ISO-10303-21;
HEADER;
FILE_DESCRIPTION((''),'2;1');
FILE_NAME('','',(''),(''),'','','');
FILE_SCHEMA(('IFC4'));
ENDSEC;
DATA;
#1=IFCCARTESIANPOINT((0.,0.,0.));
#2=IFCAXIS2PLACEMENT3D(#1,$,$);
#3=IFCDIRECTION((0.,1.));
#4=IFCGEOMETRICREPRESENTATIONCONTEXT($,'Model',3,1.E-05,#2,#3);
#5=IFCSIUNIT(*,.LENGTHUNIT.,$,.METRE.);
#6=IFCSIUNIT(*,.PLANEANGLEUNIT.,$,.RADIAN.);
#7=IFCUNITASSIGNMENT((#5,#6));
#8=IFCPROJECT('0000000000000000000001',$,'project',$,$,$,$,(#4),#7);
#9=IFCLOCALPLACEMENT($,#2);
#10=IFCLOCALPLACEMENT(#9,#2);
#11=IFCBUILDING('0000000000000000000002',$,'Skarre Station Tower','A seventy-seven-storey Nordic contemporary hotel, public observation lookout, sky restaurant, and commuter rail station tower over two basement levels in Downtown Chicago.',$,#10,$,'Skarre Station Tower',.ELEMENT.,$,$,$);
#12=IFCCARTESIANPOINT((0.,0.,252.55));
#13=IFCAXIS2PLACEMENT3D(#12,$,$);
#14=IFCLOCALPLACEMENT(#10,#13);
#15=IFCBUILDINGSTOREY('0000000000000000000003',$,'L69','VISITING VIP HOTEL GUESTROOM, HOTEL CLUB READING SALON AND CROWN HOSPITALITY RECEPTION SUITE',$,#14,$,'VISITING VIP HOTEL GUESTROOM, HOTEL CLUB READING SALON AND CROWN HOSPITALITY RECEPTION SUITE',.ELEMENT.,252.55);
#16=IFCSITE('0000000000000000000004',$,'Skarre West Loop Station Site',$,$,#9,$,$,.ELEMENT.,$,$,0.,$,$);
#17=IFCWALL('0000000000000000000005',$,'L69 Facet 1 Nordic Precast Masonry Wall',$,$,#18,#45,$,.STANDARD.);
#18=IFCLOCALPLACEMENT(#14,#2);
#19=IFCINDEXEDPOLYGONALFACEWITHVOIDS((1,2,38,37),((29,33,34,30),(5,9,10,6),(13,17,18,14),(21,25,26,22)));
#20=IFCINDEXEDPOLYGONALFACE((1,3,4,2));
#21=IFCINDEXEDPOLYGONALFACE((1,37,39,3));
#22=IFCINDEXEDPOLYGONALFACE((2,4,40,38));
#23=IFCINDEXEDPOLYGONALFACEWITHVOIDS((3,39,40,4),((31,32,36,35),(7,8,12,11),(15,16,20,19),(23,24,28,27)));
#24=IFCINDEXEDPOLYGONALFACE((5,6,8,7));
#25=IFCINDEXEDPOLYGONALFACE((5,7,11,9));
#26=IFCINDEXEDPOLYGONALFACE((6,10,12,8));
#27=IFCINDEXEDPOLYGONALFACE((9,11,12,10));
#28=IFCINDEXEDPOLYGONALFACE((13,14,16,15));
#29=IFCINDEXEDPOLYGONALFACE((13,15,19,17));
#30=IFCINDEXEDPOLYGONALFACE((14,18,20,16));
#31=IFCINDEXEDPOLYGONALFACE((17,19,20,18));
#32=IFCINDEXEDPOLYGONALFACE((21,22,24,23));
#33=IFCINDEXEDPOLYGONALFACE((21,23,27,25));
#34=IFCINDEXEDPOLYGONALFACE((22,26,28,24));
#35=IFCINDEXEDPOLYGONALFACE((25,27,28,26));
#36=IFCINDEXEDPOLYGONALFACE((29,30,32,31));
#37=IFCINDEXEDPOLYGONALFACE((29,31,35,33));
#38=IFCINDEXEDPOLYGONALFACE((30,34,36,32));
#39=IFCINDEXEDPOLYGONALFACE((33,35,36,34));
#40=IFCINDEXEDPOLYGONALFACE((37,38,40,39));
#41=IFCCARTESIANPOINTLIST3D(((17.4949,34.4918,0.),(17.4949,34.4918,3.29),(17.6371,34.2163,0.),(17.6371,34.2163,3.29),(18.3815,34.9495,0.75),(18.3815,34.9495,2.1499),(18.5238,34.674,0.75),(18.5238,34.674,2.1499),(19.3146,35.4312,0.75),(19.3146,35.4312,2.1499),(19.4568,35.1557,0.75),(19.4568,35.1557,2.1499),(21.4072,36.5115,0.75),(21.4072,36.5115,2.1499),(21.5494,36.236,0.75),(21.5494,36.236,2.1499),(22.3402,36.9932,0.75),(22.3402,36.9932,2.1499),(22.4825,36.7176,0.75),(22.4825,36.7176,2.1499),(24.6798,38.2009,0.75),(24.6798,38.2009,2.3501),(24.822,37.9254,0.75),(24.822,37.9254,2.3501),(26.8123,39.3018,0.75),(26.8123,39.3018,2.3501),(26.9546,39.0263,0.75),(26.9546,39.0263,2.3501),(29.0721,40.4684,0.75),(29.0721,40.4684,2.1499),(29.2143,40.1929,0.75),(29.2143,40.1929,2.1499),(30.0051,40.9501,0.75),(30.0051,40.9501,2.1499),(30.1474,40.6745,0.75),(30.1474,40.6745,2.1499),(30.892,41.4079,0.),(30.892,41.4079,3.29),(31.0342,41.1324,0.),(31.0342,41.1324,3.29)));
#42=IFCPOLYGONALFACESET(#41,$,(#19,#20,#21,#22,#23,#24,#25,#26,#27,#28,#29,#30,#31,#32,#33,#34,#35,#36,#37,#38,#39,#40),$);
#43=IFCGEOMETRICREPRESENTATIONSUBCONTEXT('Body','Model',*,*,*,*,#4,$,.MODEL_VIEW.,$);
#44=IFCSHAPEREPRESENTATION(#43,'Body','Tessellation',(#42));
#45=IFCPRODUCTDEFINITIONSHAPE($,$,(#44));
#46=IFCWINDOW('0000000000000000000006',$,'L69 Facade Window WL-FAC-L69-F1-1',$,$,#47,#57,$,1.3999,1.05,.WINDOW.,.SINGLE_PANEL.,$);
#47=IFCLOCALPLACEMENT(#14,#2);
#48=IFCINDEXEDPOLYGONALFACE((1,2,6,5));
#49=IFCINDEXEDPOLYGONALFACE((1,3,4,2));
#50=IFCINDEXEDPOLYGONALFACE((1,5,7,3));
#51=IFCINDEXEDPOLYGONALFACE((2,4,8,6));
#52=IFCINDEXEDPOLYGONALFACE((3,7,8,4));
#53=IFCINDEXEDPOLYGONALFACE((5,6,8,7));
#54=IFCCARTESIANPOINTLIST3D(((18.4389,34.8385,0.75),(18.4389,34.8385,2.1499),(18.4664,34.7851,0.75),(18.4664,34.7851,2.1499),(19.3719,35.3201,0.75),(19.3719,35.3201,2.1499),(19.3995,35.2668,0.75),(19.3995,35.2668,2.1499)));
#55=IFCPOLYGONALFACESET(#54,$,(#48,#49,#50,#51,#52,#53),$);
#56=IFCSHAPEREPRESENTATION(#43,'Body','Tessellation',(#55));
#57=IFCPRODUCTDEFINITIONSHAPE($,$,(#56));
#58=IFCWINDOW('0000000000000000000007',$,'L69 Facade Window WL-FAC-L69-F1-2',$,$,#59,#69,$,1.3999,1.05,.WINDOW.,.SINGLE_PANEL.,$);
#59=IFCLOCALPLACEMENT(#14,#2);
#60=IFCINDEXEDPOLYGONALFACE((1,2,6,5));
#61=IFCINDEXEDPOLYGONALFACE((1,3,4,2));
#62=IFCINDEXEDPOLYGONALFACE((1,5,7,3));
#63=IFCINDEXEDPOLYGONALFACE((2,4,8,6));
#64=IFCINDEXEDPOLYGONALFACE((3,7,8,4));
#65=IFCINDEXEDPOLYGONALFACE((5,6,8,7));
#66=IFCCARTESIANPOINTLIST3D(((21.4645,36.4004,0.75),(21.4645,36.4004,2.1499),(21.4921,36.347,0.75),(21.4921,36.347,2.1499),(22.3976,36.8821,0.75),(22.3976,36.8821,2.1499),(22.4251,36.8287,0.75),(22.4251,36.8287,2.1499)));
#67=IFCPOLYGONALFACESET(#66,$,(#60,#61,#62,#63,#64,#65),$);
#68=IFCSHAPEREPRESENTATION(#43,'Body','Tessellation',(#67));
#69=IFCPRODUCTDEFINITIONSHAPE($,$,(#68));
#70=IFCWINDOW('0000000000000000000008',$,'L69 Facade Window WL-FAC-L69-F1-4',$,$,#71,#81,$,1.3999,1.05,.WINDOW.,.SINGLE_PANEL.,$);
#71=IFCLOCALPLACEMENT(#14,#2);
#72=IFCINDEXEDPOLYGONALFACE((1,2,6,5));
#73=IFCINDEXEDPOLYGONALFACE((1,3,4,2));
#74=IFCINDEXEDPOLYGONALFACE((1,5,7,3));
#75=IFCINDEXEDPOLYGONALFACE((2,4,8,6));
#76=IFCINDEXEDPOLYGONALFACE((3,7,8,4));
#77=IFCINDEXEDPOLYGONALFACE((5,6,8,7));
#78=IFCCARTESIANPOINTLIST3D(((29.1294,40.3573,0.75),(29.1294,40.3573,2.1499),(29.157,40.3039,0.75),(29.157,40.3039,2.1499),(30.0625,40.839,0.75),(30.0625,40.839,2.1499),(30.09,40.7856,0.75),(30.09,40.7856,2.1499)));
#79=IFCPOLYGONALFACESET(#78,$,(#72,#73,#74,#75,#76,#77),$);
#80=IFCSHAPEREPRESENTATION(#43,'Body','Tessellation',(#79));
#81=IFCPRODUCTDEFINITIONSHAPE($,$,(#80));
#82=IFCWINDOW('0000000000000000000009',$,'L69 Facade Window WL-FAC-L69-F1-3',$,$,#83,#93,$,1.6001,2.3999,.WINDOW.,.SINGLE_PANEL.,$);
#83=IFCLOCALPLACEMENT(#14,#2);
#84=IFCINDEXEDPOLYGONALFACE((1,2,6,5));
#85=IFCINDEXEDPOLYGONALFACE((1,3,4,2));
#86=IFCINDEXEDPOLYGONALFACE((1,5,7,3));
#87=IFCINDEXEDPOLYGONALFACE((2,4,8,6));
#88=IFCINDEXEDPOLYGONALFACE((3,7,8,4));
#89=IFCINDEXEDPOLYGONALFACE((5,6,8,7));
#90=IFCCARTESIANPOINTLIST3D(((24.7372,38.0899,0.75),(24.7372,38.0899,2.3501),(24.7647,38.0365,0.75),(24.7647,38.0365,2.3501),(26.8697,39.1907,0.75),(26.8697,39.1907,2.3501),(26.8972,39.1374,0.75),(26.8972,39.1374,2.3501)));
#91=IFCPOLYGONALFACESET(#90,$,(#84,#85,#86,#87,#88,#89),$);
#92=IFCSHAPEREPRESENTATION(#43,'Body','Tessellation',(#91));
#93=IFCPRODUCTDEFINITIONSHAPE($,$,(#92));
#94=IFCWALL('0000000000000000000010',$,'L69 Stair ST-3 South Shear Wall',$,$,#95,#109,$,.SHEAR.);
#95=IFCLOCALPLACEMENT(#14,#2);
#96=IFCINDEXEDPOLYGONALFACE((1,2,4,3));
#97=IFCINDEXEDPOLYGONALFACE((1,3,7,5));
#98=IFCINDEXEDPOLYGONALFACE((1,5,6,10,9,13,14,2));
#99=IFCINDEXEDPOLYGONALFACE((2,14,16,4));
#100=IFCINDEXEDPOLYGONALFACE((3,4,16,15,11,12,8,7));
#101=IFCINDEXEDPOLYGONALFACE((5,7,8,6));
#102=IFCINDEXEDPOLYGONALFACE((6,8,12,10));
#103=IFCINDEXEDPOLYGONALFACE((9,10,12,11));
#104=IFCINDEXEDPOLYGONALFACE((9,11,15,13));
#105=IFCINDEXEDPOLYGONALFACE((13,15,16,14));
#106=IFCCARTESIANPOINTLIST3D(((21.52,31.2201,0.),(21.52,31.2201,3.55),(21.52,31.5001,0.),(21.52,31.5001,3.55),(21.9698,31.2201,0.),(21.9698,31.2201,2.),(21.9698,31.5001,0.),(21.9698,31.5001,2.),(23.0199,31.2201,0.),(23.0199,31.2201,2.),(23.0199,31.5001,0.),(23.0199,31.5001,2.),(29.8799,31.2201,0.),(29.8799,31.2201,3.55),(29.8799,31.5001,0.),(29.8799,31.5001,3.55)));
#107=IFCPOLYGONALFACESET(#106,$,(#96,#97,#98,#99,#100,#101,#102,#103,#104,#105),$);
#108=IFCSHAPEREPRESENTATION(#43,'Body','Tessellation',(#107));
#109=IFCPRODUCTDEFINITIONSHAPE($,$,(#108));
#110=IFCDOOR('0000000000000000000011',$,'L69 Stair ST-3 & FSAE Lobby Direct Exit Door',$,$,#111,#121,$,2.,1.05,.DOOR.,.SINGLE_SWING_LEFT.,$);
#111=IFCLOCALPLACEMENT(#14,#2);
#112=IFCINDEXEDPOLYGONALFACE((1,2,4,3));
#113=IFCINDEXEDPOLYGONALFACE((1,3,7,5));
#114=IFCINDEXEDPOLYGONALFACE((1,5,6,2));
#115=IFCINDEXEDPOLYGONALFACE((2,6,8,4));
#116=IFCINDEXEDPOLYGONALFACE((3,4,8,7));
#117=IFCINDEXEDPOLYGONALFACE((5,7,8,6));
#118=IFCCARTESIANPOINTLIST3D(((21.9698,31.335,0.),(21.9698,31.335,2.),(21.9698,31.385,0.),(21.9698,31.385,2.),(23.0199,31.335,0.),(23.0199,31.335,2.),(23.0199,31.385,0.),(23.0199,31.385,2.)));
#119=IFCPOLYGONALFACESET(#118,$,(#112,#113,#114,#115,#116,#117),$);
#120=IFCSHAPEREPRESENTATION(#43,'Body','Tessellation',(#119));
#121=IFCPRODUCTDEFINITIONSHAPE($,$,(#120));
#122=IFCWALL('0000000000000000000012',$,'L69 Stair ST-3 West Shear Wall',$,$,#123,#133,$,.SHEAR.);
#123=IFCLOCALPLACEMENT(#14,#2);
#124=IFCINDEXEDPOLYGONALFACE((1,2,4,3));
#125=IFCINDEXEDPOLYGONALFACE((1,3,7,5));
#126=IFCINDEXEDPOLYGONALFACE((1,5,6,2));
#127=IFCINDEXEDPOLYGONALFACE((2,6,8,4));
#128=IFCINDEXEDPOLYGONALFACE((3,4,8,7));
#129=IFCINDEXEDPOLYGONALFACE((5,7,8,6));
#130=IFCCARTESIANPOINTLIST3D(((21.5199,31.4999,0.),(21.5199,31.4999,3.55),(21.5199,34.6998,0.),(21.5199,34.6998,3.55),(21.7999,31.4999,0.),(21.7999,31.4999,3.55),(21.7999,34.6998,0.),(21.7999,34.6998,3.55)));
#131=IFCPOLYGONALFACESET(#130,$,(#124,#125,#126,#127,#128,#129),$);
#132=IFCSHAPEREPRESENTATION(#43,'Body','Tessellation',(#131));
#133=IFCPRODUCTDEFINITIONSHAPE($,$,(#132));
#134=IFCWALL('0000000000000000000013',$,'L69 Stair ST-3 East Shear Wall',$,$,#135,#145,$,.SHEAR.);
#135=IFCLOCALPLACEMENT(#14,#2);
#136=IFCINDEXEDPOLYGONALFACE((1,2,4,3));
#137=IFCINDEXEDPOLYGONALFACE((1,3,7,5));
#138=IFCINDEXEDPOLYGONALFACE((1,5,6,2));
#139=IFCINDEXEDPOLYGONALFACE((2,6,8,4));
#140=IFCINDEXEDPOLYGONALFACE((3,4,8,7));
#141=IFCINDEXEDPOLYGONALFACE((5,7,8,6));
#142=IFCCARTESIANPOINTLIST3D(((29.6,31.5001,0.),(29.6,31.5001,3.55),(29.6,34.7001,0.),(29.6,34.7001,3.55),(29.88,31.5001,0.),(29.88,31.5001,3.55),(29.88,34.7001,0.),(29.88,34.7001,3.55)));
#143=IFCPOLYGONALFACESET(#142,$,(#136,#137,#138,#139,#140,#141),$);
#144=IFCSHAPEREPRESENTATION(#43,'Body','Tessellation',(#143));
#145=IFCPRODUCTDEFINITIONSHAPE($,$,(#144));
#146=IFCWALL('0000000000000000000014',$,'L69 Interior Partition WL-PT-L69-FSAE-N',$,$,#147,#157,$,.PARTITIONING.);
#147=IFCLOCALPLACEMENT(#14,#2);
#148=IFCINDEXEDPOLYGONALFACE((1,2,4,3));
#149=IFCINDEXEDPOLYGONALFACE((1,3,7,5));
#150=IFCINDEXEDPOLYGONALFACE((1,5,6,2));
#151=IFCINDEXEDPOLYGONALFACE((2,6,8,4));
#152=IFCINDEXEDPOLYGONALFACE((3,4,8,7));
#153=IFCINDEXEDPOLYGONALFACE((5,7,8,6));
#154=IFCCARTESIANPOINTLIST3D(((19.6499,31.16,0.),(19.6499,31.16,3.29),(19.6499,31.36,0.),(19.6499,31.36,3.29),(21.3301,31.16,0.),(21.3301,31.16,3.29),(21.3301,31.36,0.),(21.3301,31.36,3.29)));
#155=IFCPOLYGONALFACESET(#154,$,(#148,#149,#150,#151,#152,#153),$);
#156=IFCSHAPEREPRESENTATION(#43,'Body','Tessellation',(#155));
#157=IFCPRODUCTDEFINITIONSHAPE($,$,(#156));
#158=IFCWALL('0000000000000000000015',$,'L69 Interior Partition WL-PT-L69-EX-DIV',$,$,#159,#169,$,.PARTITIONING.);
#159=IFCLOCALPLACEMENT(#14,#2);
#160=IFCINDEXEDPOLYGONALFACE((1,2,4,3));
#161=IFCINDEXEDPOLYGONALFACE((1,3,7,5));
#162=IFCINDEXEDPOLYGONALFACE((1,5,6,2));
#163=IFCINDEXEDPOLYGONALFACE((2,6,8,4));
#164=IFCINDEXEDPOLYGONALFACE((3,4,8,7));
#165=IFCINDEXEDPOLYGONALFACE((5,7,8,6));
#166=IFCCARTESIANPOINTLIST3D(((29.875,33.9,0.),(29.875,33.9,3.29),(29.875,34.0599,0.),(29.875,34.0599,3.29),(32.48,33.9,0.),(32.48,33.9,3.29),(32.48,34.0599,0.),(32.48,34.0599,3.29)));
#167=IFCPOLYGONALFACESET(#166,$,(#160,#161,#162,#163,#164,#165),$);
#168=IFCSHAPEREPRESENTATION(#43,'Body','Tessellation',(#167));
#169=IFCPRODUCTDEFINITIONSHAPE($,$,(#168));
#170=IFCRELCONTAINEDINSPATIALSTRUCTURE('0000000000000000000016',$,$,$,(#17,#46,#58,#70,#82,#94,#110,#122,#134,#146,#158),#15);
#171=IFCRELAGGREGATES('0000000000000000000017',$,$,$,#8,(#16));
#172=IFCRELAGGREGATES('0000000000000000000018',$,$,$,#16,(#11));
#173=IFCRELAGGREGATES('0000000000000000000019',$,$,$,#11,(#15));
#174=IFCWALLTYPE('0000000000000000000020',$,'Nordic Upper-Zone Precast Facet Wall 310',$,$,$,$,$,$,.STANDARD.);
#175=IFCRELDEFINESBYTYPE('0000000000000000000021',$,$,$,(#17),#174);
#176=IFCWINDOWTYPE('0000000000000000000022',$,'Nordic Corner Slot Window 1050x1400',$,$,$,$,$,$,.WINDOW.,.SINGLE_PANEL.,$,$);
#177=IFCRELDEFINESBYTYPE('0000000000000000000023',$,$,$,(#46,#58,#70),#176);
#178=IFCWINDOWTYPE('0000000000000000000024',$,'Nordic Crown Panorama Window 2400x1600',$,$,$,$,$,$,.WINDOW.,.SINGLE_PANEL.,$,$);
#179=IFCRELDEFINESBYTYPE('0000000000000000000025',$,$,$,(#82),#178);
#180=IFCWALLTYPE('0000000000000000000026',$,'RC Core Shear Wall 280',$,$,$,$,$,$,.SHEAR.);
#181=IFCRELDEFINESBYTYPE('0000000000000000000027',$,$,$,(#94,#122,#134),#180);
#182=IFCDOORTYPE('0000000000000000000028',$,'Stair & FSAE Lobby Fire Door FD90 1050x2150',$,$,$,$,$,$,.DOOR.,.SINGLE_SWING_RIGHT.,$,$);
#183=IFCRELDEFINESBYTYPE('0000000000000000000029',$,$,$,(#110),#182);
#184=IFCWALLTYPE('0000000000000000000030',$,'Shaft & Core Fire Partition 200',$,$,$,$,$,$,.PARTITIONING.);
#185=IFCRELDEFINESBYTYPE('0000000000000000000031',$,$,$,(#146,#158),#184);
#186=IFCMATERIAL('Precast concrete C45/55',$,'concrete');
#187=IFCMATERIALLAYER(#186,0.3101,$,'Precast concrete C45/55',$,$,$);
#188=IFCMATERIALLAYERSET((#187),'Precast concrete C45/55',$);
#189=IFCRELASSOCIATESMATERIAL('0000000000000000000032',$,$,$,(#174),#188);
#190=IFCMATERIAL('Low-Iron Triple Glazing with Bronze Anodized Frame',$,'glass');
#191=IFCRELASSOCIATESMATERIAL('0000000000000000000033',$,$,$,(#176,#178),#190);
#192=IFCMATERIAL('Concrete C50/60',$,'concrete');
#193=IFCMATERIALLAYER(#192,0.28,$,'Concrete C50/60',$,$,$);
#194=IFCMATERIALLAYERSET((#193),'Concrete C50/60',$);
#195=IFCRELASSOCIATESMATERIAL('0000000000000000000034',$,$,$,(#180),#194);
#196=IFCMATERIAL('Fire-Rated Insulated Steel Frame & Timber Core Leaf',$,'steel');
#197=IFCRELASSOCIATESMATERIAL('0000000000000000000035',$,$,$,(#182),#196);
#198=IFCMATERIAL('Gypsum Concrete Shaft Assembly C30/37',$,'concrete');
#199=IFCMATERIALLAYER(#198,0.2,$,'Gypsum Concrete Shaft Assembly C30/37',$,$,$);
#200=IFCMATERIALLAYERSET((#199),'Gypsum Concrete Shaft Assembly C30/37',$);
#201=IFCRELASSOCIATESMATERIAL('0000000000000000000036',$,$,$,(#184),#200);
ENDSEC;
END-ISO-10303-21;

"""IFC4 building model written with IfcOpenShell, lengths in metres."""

from ifc_helpers import new_model, si_unit, direction, frame, frame_2d, origin, place, context, subcontext, project, spatial, rectangle, extrude, material, layer, layer_set, type_object, element, fill, save


model = new_model("IFC4")

# Units and contexts
model_context = context("Model", 3, precision=1e-05, world=origin(), true_north=direction((0.0, 1.0)))
body_context = subcontext(model_context, "Body", "Model", "MODEL_VIEW")
ifc_project = project(units=[si_unit("LENGTHUNIT", "METRE"), si_unit("PLANEANGLEUNIT", "RADIAN")], contexts=[model_context])

# Site, building, storey
site_placement = place(None, origin())
site = spatial("IfcSite", under=ifc_project, at=site_placement, Name="Skarre West Loop Station Site", CompositionType="ELEMENT", RefElevation=0.0)
building_placement = place(site_placement, origin())
building = spatial("IfcBuilding", under=site, at=building_placement, Name="Skarre Station Tower", Description="A seventy-seven-storey Nordic contemporary hotel, public observation lookout, sky restaurant, and commuter rail station tower over two basement levels in Downtown Chicago.", LongName="Skarre Station Tower", CompositionType="ELEMENT")
storey_placement = place(building_placement, frame((0.0, 0.0, 252.55)))
storey = spatial("IfcBuildingStorey", under=building, at=storey_placement, Name="L69", Description="VISITING VIP HOTEL GUESTROOM, HOTEL CLUB READING SALON AND CROWN HOSPITALITY RECEPTION SUITE", LongName="VISITING VIP HOTEL GUESTROOM, HOTEL CLUB READING SALON AND CROWN HOSPITALITY RECEPTION SUITE", CompositionType="ELEMENT", Elevation=252.55)

# Shared definitions
ifc_material_1 = material(Name="Concrete C50/60", Category="concrete")

# Shared definitions
ifc_material_2 = material(Name="Precast concrete C45/55", Category="concrete")

# Wall, openings, windows
ifc_layer_1 = layer(ifc_material_2, 0.3101, Name="Precast concrete C45/55")
ifc_layer_set_1 = layer_set([ifc_layer_1], Name="Precast concrete C45/55")
wall_type_1 = type_object("IfcWallType", Name="Nordic Upper-Zone Precast Facet Wall 310", PredefinedType="STANDARD", material=ifc_layer_set_1)
wall_1_placement = place(storey_placement, frame((17.5659, 34.354, 0.0), z_axis=(0.0, 0.0, 1.0), x_axis=(0.888581, 0.458719, 0.0)))
wall_1 = element("IfcWall", 1, at=wall_1_placement, inside=storey, type_object=wall_type_1, Name="L69 Facet 1 Nordic Precast Masonry Wall", PredefinedType="STANDARD", context=body_context, shape_type="SweptSolid", body=[
    extrude(rectangle(XDim=15.0769, YDim=0.3101, at=frame_2d((7.5386, 0.0))), origin(), (0.0, 0.0, 1.0), 3.29),
])
opening_1_placement = place(wall_1_placement, frame((0.998, 0.0, 0.75)))
opening_1 = element("IfcOpeningElement", 2, at=opening_1_placement, cuts=wall_1, PredefinedType="OPENING", context=body_context, shape_type="SweptSolid", body=[
    extrude(rectangle(XDim=1.05, YDim=1.3999, at=frame_2d((0.5249, 0.7))), frame((0.0, 0.165, 0.0), z_axis=(0.0, -1.0, 0.0), x_axis=(1.0, 0.0, 0.0)), (0.0, 0.0, 1.0), 0.3301),
])
opening_2_placement = place(wall_1_placement, frame((4.4031, 0.0, 0.75)))
opening_2 = element("IfcOpeningElement", 3, at=opening_2_placement, cuts=wall_1, PredefinedType="OPENING", context=body_context, shape_type="SweptSolid", body=[
    extrude(rectangle(XDim=1.05, YDim=1.3999, at=frame_2d((0.5249, 0.7))), frame((0.0, 0.165, 0.0), z_axis=(0.0, -1.0, 0.0), x_axis=(1.0, 0.0, 0.0)), (0.0, 0.0, 1.0), 0.3301),
])
opening_3_placement = place(wall_1_placement, frame((8.0859, 0.0, 0.75)))
opening_3 = element("IfcOpeningElement", 4, at=opening_3_placement, cuts=wall_1, PredefinedType="OPENING", context=body_context, shape_type="SweptSolid", body=[
    extrude(rectangle(XDim=2.3999, YDim=1.6001, at=frame_2d((1.2, 0.8))), frame((0.0, 0.165, 0.0), z_axis=(0.0, -1.0, 0.0), x_axis=(1.0, 0.0, 0.0)), (0.0, 0.0, 1.0), 0.3301),
])
opening_4_placement = place(wall_1_placement, frame((13.0291, 0.0, 0.75)))
opening_4 = element("IfcOpeningElement", 5, at=opening_4_placement, cuts=wall_1, PredefinedType="OPENING", context=body_context, shape_type="SweptSolid", body=[
    extrude(rectangle(XDim=1.05, YDim=1.3999, at=frame_2d((0.5249, 0.7))), frame((0.0, 0.165, 0.0), z_axis=(0.0, -1.0, 0.0), x_axis=(1.0, 0.0, 0.0)), (0.0, 0.0, 1.0), 0.3301),
])
ifc_material_3 = material(Name="Low-Iron Triple Glazing with Bronze Anodized Frame", Category="glass")
window_type_1 = type_object("IfcWindowType", Name="Nordic Corner Slot Window 1050x1400", PartitioningType="SINGLE_PANEL", PredefinedType="WINDOW", material=ifc_material_3)
window_1_placement = place(opening_1_placement, origin())
window_1 = element("IfcWindow", 6, at=window_1_placement, inside=storey, type_object=window_type_1, Name="L69 Facade Window WL-FAC-L69-F1-1", OverallHeight=1.3999, OverallWidth=1.05, PartitioningType="SINGLE_PANEL", PredefinedType="WINDOW", context=body_context, shape_type="SweptSolid", body=[
    extrude(rectangle(XDim=1.05, YDim=1.3999, at=frame_2d((0.5249, 0.7))), frame((0.0, 0.03, 0.0), z_axis=(0.0, -1.0, 0.0), x_axis=(1.0, 0.0, 0.0)), (0.0, 0.0, 1.0), 0.0601),
])
fill(opening_1, window_1)
window_2_placement = place(opening_2_placement, origin())
window_2 = element("IfcWindow", 7, at=window_2_placement, inside=storey, type_object=window_type_1, Name="L69 Facade Window WL-FAC-L69-F1-2", OverallHeight=1.3999, OverallWidth=1.05, PartitioningType="SINGLE_PANEL", PredefinedType="WINDOW", context=body_context, shape_type="SweptSolid", body=[
    extrude(rectangle(XDim=1.05, YDim=1.3999, at=frame_2d((0.5249, 0.7))), frame((0.0, 0.03, 0.0), z_axis=(0.0, -1.0, 0.0), x_axis=(1.0, 0.0, 0.0)), (0.0, 0.0, 1.0), 0.0601),
])
fill(opening_2, window_2)
window_3_placement = place(opening_4_placement, origin())
window_3 = element("IfcWindow", 8, at=window_3_placement, inside=storey, type_object=window_type_1, Name="L69 Facade Window WL-FAC-L69-F1-4", OverallHeight=1.3999, OverallWidth=1.05, PartitioningType="SINGLE_PANEL", PredefinedType="WINDOW", context=body_context, shape_type="SweptSolid", body=[
    extrude(rectangle(XDim=1.05, YDim=1.3999, at=frame_2d((0.5249, 0.7))), frame((0.0, 0.03, 0.0), z_axis=(0.0, -1.0, 0.0), x_axis=(1.0, 0.0, 0.0)), (0.0, 0.0, 1.0), 0.0601),
])
fill(opening_4, window_3)
window_type_2 = type_object("IfcWindowType", Name="Nordic Crown Panorama Window 2400x1600", PartitioningType="SINGLE_PANEL", PredefinedType="WINDOW", material=ifc_material_3)
window_4_placement = place(opening_3_placement, origin())
window_4 = element("IfcWindow", 9, at=window_4_placement, inside=storey, type_object=window_type_2, Name="L69 Facade Window WL-FAC-L69-F1-3", OverallHeight=1.6001, OverallWidth=2.3999, PartitioningType="SINGLE_PANEL", PredefinedType="WINDOW", context=body_context, shape_type="SweptSolid", body=[
    extrude(rectangle(XDim=2.3999, YDim=1.6001, at=frame_2d((1.2, 0.8))), frame((0.0, 0.03, 0.0), z_axis=(0.0, -1.0, 0.0), x_axis=(1.0, 0.0, 0.0)), (0.0, 0.0, 1.0), 0.0601),
])
fill(opening_3, window_4)

# Wall, opening, door
ifc_layer_2 = layer(ifc_material_1, 0.28, Name="Concrete C50/60")
ifc_layer_set_2 = layer_set([ifc_layer_2], Name="Concrete C50/60")
wall_type_2 = type_object("IfcWallType", Name="RC Core Shear Wall 280", PredefinedType="SHEAR", material=ifc_layer_set_2)
wall_2_placement = place(storey_placement, frame((21.52, 31.3601, 0.0), z_axis=(0.0, 0.0, 1.0), x_axis=(1.0, 0.0, 0.0)))
wall_2 = element("IfcWall", 10, at=wall_2_placement, inside=storey, type_object=wall_type_2, Name="L69 Stair ST-3 South Shear Wall", PredefinedType="SHEAR", context=body_context, shape_type="SweptSolid", body=[
    extrude(rectangle(XDim=8.3599, YDim=0.28, at=frame_2d((4.1799, 0.0))), origin(), (0.0, 0.0, 1.0), 3.55),
])
opening_5_placement = place(wall_2_placement, frame((0.45, 0.0, 0.0)))
opening_5 = element("IfcOpeningElement", 11, at=opening_5_placement, cuts=wall_2, PredefinedType="OPENING", context=body_context, shape_type="SweptSolid", body=[
    extrude(rectangle(XDim=1.05, YDim=2.0, at=frame_2d((0.5249, 1.0))), frame((0.0, 0.1499, 0.0), z_axis=(0.0, -1.0, 0.0), x_axis=(1.0, 0.0, 0.0)), (0.0, 0.0, 1.0), 0.3),
])
ifc_material_4 = material(Name="Fire-Rated Insulated Steel Frame & Timber Core Leaf", Category="steel")
door_type = type_object("IfcDoorType", Name="Stair & FSAE Lobby Fire Door FD90 1050x2150", OperationType="SINGLE_SWING_RIGHT", PredefinedType="DOOR", material=ifc_material_4)
door_placement = place(opening_5_placement, origin())
door = element("IfcDoor", 12, at=door_placement, inside=storey, type_object=door_type, Name="L69 Stair ST-3 & FSAE Lobby Direct Exit Door", OperationType="SINGLE_SWING_LEFT", OverallHeight=2.0, OverallWidth=1.05, PredefinedType="DOOR", context=body_context, shape_type="SweptSolid", body=[
    extrude(rectangle(XDim=1.05, YDim=2.0, at=frame_2d((0.5249, 1.0))), frame((0.0, 0.0249, 0.0), z_axis=(0.0, -1.0, 0.0), x_axis=(1.0, 0.0, 0.0)), (0.0, 0.0, 1.0), 0.05),
])
fill(opening_5, door)

# Walls
for number, where, z_axis, x_axis, name in (
    (13, (21.6599, 34.7, 0.0), (0.0, 0.0, 1.0), (0.0, -1.0, 0.0), "L69 Stair ST-3 West Shear Wall"),
    (14, (29.74, 31.5, 0.0), (0.0, 0.0, 1.0), (0.0, 1.0, 0.0), "L69 Stair ST-3 East Shear Wall"),
):
    element("IfcWall", number, at=place(storey_placement, frame(where, z_axis=z_axis, x_axis=x_axis)), inside=storey, type_object=wall_type_2, Name=name, PredefinedType="SHEAR", context=body_context, shape_type="SweptSolid", body=[
        extrude(rectangle(XDim=3.2, YDim=0.28, at=frame_2d((1.6001, 0.0))), origin(), (0.0, 0.0, 1.0), 3.55),
    ])
ifc_material_5 = material(Name="Gypsum Concrete Shaft Assembly C30/37", Category="concrete")
ifc_layer_3 = layer(ifc_material_5, 0.2, Name="Gypsum Concrete Shaft Assembly C30/37")
ifc_layer_set_3 = layer_set([ifc_layer_3], Name="Gypsum Concrete Shaft Assembly C30/37")
wall_type_3 = type_object("IfcWallType", Name="Shaft & Core Fire Partition 200", PredefinedType="PARTITIONING", material=ifc_layer_set_3)
wall_3_placement = place(storey_placement, frame((21.3301, 31.26, 0.0), z_axis=(0.0, 0.0, 1.0), x_axis=(-1.0, 0.0, 0.0)))
element("IfcWall", 15, at=wall_3_placement, inside=storey, type_object=wall_type_3, Name="L69 Interior Partition WL-PT-L69-FSAE-N", PredefinedType="PARTITIONING", context=body_context, shape_type="SweptSolid", body=[
    extrude(rectangle(XDim=1.6802, YDim=0.2, at=frame_2d((0.8401, 0.0))), origin(), (0.0, 0.0, 1.0), 3.29),
])
wall_4_placement = place(storey_placement, frame((29.875, 33.98, 0.0), z_axis=(0.0, 0.0, 1.0), x_axis=(1.0, 0.0, 0.0)))
element("IfcWall", 16, at=wall_4_placement, inside=storey, type_object=wall_type_3, Name="L69 Interior Partition WL-PT-L69-EX-DIV", PredefinedType="PARTITIONING", context=body_context, shape_type="SweptSolid", body=[
    extrude(rectangle(XDim=2.605, YDim=0.1599, at=frame_2d((1.3025, 0.0))), origin(), (0.0, 0.0, 1.0), 3.29),
])

save(model, "model.ifc")
